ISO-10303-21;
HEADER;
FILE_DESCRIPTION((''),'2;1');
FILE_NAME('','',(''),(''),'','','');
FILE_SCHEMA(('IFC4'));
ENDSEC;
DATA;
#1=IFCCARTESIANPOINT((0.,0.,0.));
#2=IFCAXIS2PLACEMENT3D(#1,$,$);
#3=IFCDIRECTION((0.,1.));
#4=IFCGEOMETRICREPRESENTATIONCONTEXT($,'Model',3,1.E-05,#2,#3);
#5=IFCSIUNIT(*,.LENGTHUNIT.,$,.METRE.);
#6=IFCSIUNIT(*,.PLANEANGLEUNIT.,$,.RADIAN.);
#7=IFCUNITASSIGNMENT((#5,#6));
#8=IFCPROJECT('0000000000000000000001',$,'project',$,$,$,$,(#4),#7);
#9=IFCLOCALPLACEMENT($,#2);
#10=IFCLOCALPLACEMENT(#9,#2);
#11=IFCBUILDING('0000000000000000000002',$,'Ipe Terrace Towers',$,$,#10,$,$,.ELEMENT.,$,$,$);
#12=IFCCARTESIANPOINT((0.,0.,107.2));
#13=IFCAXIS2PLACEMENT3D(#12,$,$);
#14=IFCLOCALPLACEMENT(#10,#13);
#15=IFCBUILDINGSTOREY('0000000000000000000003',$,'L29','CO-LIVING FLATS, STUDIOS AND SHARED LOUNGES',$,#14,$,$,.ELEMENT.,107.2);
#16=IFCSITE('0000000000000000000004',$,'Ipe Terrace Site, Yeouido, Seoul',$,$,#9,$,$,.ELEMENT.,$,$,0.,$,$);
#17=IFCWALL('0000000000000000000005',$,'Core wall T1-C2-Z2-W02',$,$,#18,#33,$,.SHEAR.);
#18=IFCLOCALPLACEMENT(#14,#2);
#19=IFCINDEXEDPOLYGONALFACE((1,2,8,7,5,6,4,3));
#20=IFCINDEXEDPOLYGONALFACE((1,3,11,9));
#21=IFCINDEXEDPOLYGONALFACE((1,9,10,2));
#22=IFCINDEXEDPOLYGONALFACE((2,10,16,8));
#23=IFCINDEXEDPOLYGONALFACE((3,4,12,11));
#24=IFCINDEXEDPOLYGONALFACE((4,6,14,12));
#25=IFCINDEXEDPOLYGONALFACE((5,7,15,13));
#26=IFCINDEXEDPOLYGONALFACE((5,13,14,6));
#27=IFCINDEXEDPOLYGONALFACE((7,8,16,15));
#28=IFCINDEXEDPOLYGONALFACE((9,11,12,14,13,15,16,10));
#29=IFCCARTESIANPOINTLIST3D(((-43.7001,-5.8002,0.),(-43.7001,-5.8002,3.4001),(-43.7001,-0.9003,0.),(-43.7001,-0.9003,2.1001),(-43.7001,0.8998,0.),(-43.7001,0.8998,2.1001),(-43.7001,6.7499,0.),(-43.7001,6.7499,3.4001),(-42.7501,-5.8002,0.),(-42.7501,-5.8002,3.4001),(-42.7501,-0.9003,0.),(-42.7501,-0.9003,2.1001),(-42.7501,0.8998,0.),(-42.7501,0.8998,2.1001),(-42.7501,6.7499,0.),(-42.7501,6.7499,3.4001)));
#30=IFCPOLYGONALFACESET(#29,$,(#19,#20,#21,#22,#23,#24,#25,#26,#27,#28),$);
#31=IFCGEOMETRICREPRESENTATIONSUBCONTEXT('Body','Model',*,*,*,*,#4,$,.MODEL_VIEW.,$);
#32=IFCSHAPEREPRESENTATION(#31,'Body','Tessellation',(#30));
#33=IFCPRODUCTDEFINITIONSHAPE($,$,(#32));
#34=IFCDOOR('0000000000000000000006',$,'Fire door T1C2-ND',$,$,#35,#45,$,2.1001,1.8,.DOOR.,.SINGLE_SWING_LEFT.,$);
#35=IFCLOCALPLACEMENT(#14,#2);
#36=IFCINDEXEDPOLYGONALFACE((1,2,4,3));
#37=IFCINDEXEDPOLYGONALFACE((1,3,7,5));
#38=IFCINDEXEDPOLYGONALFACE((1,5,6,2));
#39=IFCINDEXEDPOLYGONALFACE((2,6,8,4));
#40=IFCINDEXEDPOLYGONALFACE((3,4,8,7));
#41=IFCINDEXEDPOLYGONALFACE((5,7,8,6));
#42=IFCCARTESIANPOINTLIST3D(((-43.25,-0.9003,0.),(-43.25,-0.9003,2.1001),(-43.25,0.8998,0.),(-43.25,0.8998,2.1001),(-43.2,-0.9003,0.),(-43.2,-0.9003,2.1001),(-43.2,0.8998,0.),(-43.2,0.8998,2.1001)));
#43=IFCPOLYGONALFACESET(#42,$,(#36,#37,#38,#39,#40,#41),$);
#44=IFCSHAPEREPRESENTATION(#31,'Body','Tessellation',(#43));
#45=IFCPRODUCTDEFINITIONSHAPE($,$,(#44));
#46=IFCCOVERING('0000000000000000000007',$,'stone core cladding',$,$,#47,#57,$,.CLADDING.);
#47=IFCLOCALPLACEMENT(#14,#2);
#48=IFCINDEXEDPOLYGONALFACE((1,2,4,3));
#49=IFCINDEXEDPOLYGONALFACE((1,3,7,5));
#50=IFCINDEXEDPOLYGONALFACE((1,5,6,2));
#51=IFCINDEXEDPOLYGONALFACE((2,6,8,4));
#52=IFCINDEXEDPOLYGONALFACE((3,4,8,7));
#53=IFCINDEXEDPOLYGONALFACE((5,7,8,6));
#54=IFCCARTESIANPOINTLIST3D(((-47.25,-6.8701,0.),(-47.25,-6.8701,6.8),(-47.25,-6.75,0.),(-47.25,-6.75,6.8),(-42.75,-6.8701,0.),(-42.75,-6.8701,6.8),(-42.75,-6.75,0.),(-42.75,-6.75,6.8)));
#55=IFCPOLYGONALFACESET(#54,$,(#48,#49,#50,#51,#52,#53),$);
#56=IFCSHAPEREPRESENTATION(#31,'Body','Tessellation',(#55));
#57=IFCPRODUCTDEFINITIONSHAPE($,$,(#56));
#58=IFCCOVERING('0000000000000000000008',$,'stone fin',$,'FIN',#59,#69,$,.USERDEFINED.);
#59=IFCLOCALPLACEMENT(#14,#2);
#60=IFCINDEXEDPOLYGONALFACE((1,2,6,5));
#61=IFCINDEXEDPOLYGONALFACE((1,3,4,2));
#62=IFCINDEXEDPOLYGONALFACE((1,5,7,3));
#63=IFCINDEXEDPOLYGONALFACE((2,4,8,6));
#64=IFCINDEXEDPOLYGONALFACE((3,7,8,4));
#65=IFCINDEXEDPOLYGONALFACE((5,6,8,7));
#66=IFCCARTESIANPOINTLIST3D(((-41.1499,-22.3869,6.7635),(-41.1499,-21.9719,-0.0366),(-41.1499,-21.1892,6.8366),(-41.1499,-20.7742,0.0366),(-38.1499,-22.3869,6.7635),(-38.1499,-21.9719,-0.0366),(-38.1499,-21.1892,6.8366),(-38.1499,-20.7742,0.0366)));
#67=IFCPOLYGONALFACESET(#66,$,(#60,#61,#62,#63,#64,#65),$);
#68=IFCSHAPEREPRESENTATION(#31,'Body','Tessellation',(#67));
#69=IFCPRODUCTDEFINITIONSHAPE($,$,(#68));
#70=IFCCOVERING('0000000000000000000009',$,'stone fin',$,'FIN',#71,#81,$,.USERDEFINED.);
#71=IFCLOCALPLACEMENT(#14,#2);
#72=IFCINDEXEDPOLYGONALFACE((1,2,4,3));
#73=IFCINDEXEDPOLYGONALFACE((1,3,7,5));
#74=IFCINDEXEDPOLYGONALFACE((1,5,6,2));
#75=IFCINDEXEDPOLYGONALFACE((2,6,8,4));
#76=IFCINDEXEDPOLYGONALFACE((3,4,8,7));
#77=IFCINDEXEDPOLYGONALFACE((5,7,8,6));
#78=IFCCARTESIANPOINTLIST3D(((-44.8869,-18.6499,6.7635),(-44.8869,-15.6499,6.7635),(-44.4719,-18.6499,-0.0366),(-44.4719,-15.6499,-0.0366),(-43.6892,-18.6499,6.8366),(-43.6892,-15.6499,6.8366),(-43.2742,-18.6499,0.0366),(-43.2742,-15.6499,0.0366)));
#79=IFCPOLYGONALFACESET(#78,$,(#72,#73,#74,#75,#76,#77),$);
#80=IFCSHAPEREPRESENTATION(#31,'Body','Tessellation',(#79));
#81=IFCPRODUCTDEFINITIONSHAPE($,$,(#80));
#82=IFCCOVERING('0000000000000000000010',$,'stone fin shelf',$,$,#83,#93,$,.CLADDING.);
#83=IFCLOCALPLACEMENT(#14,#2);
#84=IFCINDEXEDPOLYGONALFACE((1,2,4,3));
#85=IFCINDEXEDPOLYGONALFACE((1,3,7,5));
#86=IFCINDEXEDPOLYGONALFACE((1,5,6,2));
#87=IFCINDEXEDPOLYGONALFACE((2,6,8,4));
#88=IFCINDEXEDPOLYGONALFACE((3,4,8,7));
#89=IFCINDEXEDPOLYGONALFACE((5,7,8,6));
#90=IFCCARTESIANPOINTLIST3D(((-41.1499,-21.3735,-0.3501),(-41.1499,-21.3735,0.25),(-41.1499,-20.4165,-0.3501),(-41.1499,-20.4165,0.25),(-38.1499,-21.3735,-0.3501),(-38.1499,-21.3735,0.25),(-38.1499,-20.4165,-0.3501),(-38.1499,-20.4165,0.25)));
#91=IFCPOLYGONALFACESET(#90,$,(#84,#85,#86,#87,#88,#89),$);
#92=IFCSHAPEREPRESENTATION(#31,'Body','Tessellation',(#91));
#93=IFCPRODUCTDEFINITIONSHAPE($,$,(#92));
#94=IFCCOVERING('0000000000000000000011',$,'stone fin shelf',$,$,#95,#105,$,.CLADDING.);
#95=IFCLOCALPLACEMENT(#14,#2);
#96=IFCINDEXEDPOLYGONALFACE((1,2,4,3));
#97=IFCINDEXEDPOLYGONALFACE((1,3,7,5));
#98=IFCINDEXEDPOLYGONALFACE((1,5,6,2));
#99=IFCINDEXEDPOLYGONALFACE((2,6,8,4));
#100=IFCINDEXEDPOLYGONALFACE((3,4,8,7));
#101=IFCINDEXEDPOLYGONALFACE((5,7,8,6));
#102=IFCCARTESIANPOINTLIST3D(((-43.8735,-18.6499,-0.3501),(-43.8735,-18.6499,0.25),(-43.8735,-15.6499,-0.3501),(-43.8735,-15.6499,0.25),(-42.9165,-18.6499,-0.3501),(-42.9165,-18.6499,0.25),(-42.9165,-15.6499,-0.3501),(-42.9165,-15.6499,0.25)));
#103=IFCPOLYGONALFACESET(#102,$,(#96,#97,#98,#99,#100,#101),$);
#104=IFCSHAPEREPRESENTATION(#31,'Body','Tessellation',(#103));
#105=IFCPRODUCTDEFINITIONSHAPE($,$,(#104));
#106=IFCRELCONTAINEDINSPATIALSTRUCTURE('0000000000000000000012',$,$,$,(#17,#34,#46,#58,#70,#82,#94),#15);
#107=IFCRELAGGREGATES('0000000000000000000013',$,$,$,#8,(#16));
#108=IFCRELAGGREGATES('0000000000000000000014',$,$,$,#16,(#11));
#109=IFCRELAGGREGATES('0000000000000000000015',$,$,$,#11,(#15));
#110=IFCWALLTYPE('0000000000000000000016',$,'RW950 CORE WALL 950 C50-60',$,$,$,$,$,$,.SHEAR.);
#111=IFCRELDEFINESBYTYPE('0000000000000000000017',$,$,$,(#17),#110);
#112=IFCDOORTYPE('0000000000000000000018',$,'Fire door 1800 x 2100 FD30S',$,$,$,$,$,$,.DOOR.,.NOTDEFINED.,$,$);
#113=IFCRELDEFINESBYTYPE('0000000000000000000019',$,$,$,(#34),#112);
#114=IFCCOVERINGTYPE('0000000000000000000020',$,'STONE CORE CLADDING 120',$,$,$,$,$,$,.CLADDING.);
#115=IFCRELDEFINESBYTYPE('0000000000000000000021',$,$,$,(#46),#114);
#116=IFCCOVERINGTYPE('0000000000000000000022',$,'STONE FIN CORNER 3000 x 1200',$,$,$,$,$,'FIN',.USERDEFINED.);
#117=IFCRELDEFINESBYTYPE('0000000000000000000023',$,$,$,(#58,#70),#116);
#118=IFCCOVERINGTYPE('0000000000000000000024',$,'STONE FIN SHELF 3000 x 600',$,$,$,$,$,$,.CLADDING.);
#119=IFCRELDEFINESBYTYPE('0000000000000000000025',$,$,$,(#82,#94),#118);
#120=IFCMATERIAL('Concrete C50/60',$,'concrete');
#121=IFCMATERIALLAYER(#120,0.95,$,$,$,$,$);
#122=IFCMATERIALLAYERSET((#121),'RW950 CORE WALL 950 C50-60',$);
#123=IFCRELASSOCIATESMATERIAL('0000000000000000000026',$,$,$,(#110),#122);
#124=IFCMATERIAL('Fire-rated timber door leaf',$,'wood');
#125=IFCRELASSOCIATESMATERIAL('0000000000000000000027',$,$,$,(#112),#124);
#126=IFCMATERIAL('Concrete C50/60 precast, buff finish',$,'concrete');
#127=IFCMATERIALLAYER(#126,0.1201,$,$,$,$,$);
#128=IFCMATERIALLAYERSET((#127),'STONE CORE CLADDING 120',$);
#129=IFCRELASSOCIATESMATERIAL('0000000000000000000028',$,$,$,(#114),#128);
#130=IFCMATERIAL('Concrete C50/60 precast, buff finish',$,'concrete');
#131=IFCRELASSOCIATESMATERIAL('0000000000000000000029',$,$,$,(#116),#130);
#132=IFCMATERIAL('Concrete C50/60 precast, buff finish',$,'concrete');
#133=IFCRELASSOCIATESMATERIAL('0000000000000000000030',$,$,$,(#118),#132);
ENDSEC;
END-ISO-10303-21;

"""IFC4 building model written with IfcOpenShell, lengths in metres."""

from ifc_helpers import new_model, si_unit, direction, frame, frame_2d, origin, origin_2d, place, context, subcontext, project, spatial, rectangle, extrude, material, layer, layer_set, material_profile, profile_set, type_object, element, fill, save


model = new_model("IFC4")

# Units and contexts
model_context = context("Model", 3, precision=1e-05, world=origin(), true_north=direction((0.0, 1.0)))
body_context = subcontext(model_context, "Body", "Model", "MODEL_VIEW")
ifc_project = project(units=[si_unit("LENGTHUNIT", "METRE"), si_unit("PLANEANGLEUNIT", "RADIAN")], contexts=[model_context])

# Site, building, storey
site_placement = place(None, origin())
site = spatial("IfcSite", under=ifc_project, at=site_placement, Name="Ipe Terrace Site, Yeouido, Seoul", CompositionType="ELEMENT", RefElevation=0.0)
building_placement = place(site_placement, origin())
building = spatial("IfcBuilding", under=site, at=building_placement, Name="Ipe Terrace Towers", CompositionType="ELEMENT")
storey_placement = place(building_placement, frame((0.0, 0.0, 107.2)))
storey = spatial("IfcBuildingStorey", under=building, at=storey_placement, Name="L29", Description="CO-LIVING FLATS, STUDIOS AND SHARED LOUNGES", CompositionType="ELEMENT", Elevation=107.2)

# Wall, opening, door
ifc_material_1 = material(Name="Concrete C50/60", Category="concrete")
ifc_layer_1 = layer(ifc_material_1, 0.95)
ifc_layer_set_1 = layer_set([ifc_layer_1], Name="RW950 CORE WALL 950 C50-60")
wall_type_1 = type_object("IfcWallType", Name="RW950 CORE WALL 950 C50-60", PredefinedType="SHEAR", material=ifc_layer_set_1)
wall_1_placement = place(storey_placement, frame((-43.2251, -5.8, 0.0), z_axis=(0.0, 0.0, 1.0), x_axis=(0.0, 1.0, 0.0)))
wall_1 = element("IfcWall", 1, at=wall_1_placement, inside=storey, type_object=wall_type_1, Name="Core wall T1-C2-Z2-W02", PredefinedType="SHEAR", context=body_context, shape_type="SweptSolid", body=[
    extrude(rectangle(XDim=12.55, YDim=0.95, at=frame_2d((6.2749, 0.0))), origin(), (0.0, 0.0, 1.0), 3.4001),
])
opening_1_placement = place(wall_1_placement, frame((4.8999, 0.0, 0.0)))
opening_1 = element("IfcOpeningElement", 2, at=opening_1_placement, cuts=wall_1, PredefinedType="OPENING", context=body_context, shape_type="SweptSolid", body=[
    extrude(rectangle(XDim=1.8, YDim=2.1001, at=frame_2d((0.8999, 1.05))), frame((0.0, 0.4849, 0.0), z_axis=(0.0, -1.0, 0.0), x_axis=(1.0, 0.0, 0.0)), (0.0, 0.0, 1.0), 0.97),
])
ifc_material_2 = material(Name="Fire-rated timber door leaf", Category="wood")
door_type_1 = type_object("IfcDoorType", Name="Fire door 1800 x 2100 FD30S", OperationType="NOTDEFINED", PredefinedType="DOOR", material=ifc_material_2)
door_1_placement = place(opening_1_placement, origin())
door_1 = element("IfcDoor", 3, at=door_1_placement, inside=storey, type_object=door_type_1, Name="Fire door T1C2-ND", OperationType="SINGLE_SWING_LEFT", OverallHeight=2.1001, OverallWidth=1.8, PredefinedType="DOOR", context=body_context, shape_type="SweptSolid", body=[
    extrude(rectangle(XDim=1.8, YDim=2.1001, at=frame_2d((0.8999, 1.05))), frame((0.0, 0.0249, 0.0), z_axis=(0.0, -1.0, 0.0), x_axis=(1.0, 0.0, 0.0)), (0.0, 0.0, 1.0), 0.05),
])
fill(opening_1, door_1)

# Coverings
ifc_material_3 = material(Name="Concrete C50/60 precast, buff finish", Category="concrete")
ifc_layer_2 = layer(ifc_material_3, 0.1201)
ifc_layer_set_2 = layer_set([ifc_layer_2], Name="STONE CORE CLADDING 120")
covering_type_1 = type_object("IfcCoveringType", Name="STONE CORE CLADDING 120", PredefinedType="CLADDING", material=ifc_layer_set_2)
covering_placement = place(storey_placement, frame((-45.0, -6.8101, 0.0), z_axis=(0.0, 0.0, 1.0), x_axis=(1.0, 0.0, 0.0)))
element("IfcCovering", 4, at=covering_placement, inside=storey, type_object=covering_type_1, Name="stone core cladding", PredefinedType="CLADDING", context=body_context, shape_type="SweptSolid", body=[
    extrude(rectangle(XDim=4.5, YDim=0.1201, at=origin_2d()), origin(), (0.0, 0.0, 1.0), 6.8),
])
ifc_material_4 = material(Name="Concrete C50/60 precast, buff finish", Category="concrete")
ifc_material_profile_1 = material_profile(ifc_material_4, rectangle(XDim=3.0, YDim=1.2, at=origin_2d()), Name="STONE FIN CORNER 3000 x 1200")
ifc_profile_set_1 = profile_set([ifc_material_profile_1], Name="Concrete C50/60 precast, buff finish")
covering_type_2 = type_object("IfcCoveringType", Name="STONE FIN CORNER 3000 x 1200", ElementType="FIN", PredefinedType="USERDEFINED", material=ifc_profile_set_1)
for number, where, z_axis, x_axis, name in (
    (5, (-39.6499, -21.373, 0.0), (0.0, -0.060921, 0.998143), (1.0, 0.0, 0.0), "stone fin"),
    (6, (-43.873, -17.1499, 0.0), (-0.060921, 0.0, 0.998143), (0.0, -1.0, 0.0), "stone fin"),
):
    element("IfcCovering", number, at=place(storey_placement, frame(where, z_axis=z_axis, x_axis=x_axis)), inside=storey, type_object=covering_type_2, Name=name, ObjectType="FIN", PredefinedType="USERDEFINED", context=body_context, shape_type="SweptSolid", body=[
        extrude(rectangle(XDim=3.0, YDim=1.2, at=origin_2d()), origin(), (0.0, 0.0, 1.0), 6.8127),
    ])
ifc_material_5 = material(Name="Concrete C50/60 precast, buff finish", Category="concrete")
covering_type_3 = type_object("IfcCoveringType", Name="STONE FIN SHELF 3000 x 600", PredefinedType="CLADDING", material=ifc_material_5)
for number, where, z_axis, x_axis, name in (
    (7, (-39.6499, -20.895, -0.3501), (0.0, 0.0, 1.0), (1.0, 0.0, 0.0), "stone fin shelf"),
    (8, (-43.395, -17.1499, -0.3501), (0.0, 0.0, 1.0), (0.0, -1.0, 0.0), "stone fin shelf"),
):
    element("IfcCovering", number, at=place(storey_placement, frame(where, z_axis=z_axis, x_axis=x_axis)), inside=storey, type_object=covering_type_3, Name=name, PredefinedType="CLADDING", context=body_context, shape_type="SweptSolid", body=[
        extrude(rectangle(XDim=3.0, YDim=0.957, at=origin_2d()), origin(), (0.0, 0.0, 1.0), 0.6001),
    ])

save(model, "model.ifc")
